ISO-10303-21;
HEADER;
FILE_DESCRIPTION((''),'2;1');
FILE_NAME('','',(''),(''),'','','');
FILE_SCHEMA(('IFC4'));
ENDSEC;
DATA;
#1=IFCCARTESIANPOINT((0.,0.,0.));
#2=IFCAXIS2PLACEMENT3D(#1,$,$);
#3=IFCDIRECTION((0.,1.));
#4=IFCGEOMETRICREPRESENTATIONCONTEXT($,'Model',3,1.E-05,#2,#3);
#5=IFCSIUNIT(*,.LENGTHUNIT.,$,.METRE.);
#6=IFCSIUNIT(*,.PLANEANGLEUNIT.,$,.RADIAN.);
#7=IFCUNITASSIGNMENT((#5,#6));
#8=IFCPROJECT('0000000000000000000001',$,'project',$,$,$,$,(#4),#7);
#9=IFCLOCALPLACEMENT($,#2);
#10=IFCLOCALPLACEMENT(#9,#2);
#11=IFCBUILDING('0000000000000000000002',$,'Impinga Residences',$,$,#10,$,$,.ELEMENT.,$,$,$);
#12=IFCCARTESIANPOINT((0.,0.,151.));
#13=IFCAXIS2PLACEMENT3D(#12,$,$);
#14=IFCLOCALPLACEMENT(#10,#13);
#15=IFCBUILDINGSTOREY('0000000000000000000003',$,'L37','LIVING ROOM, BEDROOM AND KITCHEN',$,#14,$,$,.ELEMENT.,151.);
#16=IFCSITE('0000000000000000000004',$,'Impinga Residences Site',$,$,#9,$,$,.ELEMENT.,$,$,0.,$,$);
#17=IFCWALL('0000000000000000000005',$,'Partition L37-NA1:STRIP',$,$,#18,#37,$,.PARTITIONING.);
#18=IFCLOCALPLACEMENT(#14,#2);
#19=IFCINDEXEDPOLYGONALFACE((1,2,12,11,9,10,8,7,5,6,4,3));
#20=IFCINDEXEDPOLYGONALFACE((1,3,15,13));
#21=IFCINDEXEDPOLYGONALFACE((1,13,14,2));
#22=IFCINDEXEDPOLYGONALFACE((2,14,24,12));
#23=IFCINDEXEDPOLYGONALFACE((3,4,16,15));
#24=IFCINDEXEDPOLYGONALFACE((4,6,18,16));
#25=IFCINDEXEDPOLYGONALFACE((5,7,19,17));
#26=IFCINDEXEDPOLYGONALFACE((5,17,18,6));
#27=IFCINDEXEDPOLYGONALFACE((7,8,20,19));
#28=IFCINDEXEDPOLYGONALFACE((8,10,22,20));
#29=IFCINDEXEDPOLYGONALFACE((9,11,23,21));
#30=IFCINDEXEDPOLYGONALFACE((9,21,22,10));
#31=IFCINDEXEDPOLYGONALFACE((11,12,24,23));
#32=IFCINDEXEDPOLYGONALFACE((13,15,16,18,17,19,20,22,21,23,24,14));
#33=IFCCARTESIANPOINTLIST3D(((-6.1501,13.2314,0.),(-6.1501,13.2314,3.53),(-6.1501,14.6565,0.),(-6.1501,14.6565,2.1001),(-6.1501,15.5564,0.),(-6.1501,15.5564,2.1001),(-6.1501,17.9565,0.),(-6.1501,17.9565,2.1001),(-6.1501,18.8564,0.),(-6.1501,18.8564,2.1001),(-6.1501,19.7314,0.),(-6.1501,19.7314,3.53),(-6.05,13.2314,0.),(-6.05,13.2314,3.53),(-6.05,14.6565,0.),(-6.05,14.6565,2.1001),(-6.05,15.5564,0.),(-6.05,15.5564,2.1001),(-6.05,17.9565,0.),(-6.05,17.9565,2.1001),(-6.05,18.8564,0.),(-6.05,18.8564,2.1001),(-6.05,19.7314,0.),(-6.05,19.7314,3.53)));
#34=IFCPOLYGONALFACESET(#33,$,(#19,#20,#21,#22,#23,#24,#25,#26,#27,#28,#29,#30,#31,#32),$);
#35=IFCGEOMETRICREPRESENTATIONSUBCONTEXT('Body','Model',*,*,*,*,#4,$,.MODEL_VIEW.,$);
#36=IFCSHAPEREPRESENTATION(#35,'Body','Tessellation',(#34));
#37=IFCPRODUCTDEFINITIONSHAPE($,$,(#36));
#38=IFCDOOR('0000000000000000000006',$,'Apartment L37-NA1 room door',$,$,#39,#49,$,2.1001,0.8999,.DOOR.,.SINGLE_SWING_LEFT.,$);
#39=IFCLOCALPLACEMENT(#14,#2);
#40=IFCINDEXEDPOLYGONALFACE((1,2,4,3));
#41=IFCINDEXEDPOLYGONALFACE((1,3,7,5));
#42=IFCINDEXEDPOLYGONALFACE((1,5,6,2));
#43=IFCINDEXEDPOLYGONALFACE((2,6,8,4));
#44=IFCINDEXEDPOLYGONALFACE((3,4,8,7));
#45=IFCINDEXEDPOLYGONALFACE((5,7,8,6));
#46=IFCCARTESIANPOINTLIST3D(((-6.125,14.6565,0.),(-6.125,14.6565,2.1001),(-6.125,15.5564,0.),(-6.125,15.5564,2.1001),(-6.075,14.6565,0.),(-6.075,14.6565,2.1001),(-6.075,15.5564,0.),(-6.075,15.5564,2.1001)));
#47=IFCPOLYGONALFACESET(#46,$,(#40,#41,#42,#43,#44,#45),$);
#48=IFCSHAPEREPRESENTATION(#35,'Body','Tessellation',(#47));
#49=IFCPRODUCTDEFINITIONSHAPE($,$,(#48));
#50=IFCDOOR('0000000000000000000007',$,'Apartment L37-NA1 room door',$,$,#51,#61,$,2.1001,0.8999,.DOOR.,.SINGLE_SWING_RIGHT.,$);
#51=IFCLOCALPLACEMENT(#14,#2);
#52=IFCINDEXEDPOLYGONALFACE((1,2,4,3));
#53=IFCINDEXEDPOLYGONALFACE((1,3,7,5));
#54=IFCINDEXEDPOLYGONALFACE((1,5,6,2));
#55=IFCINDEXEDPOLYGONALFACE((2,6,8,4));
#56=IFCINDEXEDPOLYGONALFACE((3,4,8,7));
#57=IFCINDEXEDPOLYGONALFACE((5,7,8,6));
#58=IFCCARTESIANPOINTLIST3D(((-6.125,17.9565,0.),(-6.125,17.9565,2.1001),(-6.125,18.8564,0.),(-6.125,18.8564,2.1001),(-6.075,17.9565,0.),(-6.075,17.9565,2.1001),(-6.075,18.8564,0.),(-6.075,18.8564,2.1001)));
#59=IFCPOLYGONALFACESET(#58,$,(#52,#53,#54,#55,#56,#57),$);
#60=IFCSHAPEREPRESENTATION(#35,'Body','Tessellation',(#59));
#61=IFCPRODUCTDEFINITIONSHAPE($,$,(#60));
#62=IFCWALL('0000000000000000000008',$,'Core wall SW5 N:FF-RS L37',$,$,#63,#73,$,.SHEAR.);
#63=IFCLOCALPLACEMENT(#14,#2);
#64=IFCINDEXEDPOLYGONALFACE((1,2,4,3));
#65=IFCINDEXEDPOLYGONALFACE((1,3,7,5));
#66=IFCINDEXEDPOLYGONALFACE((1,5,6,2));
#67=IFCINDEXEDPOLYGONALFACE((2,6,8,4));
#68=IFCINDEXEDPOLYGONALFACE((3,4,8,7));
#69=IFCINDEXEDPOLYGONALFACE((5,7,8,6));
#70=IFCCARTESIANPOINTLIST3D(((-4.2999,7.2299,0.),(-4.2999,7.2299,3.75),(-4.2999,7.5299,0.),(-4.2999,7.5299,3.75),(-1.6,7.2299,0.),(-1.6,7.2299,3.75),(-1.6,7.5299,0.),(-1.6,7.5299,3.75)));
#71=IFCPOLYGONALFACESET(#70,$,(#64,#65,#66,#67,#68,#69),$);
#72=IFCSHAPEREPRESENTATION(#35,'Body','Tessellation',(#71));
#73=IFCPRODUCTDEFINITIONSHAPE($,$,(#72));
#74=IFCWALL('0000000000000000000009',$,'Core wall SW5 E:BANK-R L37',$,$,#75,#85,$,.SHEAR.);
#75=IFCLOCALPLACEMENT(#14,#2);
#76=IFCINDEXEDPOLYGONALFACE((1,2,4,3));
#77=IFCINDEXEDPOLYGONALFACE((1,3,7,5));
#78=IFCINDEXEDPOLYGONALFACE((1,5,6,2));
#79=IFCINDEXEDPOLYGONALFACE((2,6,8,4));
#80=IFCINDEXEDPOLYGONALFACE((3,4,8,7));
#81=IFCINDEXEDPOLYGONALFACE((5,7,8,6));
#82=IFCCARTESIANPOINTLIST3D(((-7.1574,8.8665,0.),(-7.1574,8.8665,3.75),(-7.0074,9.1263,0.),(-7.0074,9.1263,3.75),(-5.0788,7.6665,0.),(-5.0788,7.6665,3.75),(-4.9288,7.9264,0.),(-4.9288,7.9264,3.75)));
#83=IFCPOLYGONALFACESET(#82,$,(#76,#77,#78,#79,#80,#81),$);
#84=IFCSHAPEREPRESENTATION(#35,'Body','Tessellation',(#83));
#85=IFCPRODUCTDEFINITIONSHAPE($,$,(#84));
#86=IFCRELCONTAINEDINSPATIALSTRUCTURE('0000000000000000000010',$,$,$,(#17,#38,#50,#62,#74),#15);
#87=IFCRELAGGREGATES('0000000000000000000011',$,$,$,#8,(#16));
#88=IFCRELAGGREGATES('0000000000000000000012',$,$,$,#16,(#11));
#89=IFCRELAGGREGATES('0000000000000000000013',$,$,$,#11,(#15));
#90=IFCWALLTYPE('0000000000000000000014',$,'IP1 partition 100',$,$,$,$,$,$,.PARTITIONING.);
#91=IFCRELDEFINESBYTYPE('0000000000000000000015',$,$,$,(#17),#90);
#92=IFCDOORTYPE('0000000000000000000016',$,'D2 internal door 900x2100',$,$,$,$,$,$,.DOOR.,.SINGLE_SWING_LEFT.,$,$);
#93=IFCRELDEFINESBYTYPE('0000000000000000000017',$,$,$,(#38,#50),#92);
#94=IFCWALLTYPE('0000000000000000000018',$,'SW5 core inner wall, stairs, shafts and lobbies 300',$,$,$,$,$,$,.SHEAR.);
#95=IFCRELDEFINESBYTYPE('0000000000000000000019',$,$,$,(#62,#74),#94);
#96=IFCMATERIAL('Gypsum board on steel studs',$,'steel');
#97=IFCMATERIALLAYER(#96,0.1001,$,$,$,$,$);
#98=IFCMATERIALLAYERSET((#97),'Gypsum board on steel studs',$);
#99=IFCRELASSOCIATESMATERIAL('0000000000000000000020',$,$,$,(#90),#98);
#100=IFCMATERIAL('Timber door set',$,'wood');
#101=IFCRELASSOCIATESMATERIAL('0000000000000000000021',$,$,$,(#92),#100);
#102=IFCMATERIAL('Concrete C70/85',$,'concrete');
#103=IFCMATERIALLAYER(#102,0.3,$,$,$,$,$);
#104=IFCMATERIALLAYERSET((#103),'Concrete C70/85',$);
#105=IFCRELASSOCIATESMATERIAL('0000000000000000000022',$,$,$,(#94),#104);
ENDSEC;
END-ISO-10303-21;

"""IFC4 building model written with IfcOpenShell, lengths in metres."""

from ifc_helpers import new_model, si_unit, direction, frame, frame_2d, origin, place, context, subcontext, project, spatial, rectangle, extrude, material, layer, layer_set, type_object, element, fill, save


model = new_model("IFC4")

# Units and contexts
model_context = context("Model", 3, precision=1e-05, world=origin(), true_north=direction((0.0, 1.0)))
body_context = subcontext(model_context, "Body", "Model", "MODEL_VIEW")
ifc_project = project(units=[si_unit("LENGTHUNIT", "METRE"), si_unit("PLANEANGLEUNIT", "RADIAN")], contexts=[model_context])

# Site, building, storey
site_placement = place(None, origin())
site = spatial("IfcSite", under=ifc_project, at=site_placement, Name="Impinga Residences Site", CompositionType="ELEMENT", RefElevation=0.0)
building_placement = place(site_placement, origin())
building = spatial("IfcBuilding", under=site, at=building_placement, Name="Impinga Residences", CompositionType="ELEMENT")
storey_placement = place(building_placement, frame((0.0, 0.0, 151.0)))
storey = spatial("IfcBuildingStorey", under=building, at=storey_placement, Name="L37", Description="LIVING ROOM, BEDROOM AND KITCHEN", CompositionType="ELEMENT", Elevation=151.0)

# Shared definitions
ifc_material_1 = material(Name="Timber door set", Category="wood")

# Shared definitions
ifc_material_2 = material(Name="Gypsum board on steel studs", Category="steel")
ifc_layer_1 = layer(ifc_material_2, 0.1001)
ifc_layer_set_1 = layer_set([ifc_layer_1], Name="Gypsum board on steel studs")
wall_type_1 = type_object("IfcWallType", Name="IP1 partition 100", PredefinedType="PARTITIONING", material=ifc_layer_set_1)

# Wall, openings, doors
wall_1_placement = place(storey_placement, frame((-6.1001, 13.2314, 0.0), z_axis=(0.0, 0.0, 1.0), x_axis=(0.0, 1.0, 0.0)))
wall_1 = element("IfcWall", 1, at=wall_1_placement, inside=storey, type_object=wall_type_1, Name="Partition L37-NA1:STRIP", PredefinedType="PARTITIONING", context=body_context, shape_type="SweptSolid", body=[
    extrude(rectangle(XDim=6.5, YDim=0.1001, at=frame_2d((3.25, 0.0))), origin(), (0.0, 0.0, 1.0), 3.53),
])
opening_1_placement = place(wall_1_placement, frame((1.425, 0.0, 0.0)))
opening_1 = element("IfcOpeningElement", 2, at=opening_1_placement, cuts=wall_1, PredefinedType="OPENING", context=body_context, shape_type="SweptSolid", body=[
    extrude(rectangle(XDim=0.8999, YDim=2.1001, at=frame_2d((0.45, 1.05))), frame((0.0, 0.0601, 0.0), z_axis=(0.0, -1.0, 0.0), x_axis=(1.0, 0.0, 0.0)), (0.0, 0.0, 1.0), 0.1201),
])
opening_2_placement = place(wall_1_placement, frame((4.7251, 0.0, 0.0)))
opening_2 = element("IfcOpeningElement", 3, at=opening_2_placement, cuts=wall_1, PredefinedType="OPENING", context=body_context, shape_type="SweptSolid", body=[
    extrude(rectangle(XDim=0.8999, YDim=2.1001, at=frame_2d((0.45, 1.05))), frame((0.0, 0.0601, 0.0), z_axis=(0.0, -1.0, 0.0), x_axis=(1.0, 0.0, 0.0)), (0.0, 0.0, 1.0), 0.1201),
])
door_type_1 = type_object("IfcDoorType", Name="D2 internal door 900x2100", OperationType="SINGLE_SWING_LEFT", PredefinedType="DOOR", material=ifc_material_1)
door_1_placement = place(opening_1_placement, origin())
door_1 = element("IfcDoor", 4, at=door_1_placement, inside=storey, type_object=door_type_1, Name="Apartment L37-NA1 room door", OperationType="SINGLE_SWING_LEFT", OverallHeight=2.1001, OverallWidth=0.8999, PredefinedType="DOOR", context=body_context, shape_type="SweptSolid", body=[
    extrude(rectangle(XDim=0.8999, YDim=2.1001, at=frame_2d((0.45, 1.05))), frame((0.0, 0.0249, 0.0), z_axis=(0.0, -1.0, 0.0), x_axis=(1.0, 0.0, 0.0)), (0.0, 0.0, 1.0), 0.05),
])
fill(opening_1, door_1)
door_2_placement = place(opening_2_placement, origin())
door_2 = element("IfcDoor", 5, at=door_2_placement, inside=storey, type_object=door_type_1, Name="Apartment L37-NA1 room door", OperationType="SINGLE_SWING_RIGHT", OverallHeight=2.1001, OverallWidth=0.8999, PredefinedType="DOOR", context=body_context, shape_type="SweptSolid", body=[
    extrude(rectangle(XDim=0.8999, YDim=2.1001, at=frame_2d((0.45, 1.05))), frame((0.0, 0.0249, 0.0), z_axis=(0.0, -1.0, 0.0), x_axis=(1.0, 0.0, 0.0)), (0.0, 0.0, 1.0), 0.05),
])
fill(opening_2, door_2)

# Walls
ifc_material_3 = material(Name="Concrete C70/85", Category="concrete")
ifc_layer_2 = layer(ifc_material_3, 0.3)
ifc_layer_set_2 = layer_set([ifc_layer_2], Name="Concrete C70/85")
wall_type_2 = type_object("IfcWallType", Name="SW5 core inner wall, stairs, shafts and lobbies 300", PredefinedType="SHEAR", material=ifc_layer_set_2)
wall_2_placement = place(storey_placement, frame((-4.3, 7.3799, 0.0), z_axis=(0.0, 0.0, 1.0), x_axis=(1.0, 0.0, 0.0)))
element("IfcWall", 6, at=wall_2_placement, inside=storey, type_object=wall_type_2, Name="Core wall SW5 N:FF-RS L37", PredefinedType="SHEAR", context=body_context, shape_type="SweptSolid", body=[
    extrude(rectangle(XDim=2.7, YDim=0.3, at=frame_2d((1.3501, 0.0))), origin(), (0.0, 0.0, 1.0), 3.75),
])
wall_3_placement = place(storey_placement, frame((-5.0037, 7.7964, 0.0), z_axis=(0.0, 0.0, 1.0), x_axis=(-0.86605, 0.499957, 0.0)))
element("IfcWall", 7, at=wall_3_placement, inside=storey, type_object=wall_type_2, Name="Core wall SW5 E:BANK-R L37", PredefinedType="SHEAR", context=body_context, shape_type="SweptSolid", body=[
    extrude(rectangle(XDim=2.4001, YDim=0.3, at=frame_2d((1.2002, 0.0))), origin(), (0.0, 0.0, 1.0), 3.75),
])

save(model, "model.ifc")
